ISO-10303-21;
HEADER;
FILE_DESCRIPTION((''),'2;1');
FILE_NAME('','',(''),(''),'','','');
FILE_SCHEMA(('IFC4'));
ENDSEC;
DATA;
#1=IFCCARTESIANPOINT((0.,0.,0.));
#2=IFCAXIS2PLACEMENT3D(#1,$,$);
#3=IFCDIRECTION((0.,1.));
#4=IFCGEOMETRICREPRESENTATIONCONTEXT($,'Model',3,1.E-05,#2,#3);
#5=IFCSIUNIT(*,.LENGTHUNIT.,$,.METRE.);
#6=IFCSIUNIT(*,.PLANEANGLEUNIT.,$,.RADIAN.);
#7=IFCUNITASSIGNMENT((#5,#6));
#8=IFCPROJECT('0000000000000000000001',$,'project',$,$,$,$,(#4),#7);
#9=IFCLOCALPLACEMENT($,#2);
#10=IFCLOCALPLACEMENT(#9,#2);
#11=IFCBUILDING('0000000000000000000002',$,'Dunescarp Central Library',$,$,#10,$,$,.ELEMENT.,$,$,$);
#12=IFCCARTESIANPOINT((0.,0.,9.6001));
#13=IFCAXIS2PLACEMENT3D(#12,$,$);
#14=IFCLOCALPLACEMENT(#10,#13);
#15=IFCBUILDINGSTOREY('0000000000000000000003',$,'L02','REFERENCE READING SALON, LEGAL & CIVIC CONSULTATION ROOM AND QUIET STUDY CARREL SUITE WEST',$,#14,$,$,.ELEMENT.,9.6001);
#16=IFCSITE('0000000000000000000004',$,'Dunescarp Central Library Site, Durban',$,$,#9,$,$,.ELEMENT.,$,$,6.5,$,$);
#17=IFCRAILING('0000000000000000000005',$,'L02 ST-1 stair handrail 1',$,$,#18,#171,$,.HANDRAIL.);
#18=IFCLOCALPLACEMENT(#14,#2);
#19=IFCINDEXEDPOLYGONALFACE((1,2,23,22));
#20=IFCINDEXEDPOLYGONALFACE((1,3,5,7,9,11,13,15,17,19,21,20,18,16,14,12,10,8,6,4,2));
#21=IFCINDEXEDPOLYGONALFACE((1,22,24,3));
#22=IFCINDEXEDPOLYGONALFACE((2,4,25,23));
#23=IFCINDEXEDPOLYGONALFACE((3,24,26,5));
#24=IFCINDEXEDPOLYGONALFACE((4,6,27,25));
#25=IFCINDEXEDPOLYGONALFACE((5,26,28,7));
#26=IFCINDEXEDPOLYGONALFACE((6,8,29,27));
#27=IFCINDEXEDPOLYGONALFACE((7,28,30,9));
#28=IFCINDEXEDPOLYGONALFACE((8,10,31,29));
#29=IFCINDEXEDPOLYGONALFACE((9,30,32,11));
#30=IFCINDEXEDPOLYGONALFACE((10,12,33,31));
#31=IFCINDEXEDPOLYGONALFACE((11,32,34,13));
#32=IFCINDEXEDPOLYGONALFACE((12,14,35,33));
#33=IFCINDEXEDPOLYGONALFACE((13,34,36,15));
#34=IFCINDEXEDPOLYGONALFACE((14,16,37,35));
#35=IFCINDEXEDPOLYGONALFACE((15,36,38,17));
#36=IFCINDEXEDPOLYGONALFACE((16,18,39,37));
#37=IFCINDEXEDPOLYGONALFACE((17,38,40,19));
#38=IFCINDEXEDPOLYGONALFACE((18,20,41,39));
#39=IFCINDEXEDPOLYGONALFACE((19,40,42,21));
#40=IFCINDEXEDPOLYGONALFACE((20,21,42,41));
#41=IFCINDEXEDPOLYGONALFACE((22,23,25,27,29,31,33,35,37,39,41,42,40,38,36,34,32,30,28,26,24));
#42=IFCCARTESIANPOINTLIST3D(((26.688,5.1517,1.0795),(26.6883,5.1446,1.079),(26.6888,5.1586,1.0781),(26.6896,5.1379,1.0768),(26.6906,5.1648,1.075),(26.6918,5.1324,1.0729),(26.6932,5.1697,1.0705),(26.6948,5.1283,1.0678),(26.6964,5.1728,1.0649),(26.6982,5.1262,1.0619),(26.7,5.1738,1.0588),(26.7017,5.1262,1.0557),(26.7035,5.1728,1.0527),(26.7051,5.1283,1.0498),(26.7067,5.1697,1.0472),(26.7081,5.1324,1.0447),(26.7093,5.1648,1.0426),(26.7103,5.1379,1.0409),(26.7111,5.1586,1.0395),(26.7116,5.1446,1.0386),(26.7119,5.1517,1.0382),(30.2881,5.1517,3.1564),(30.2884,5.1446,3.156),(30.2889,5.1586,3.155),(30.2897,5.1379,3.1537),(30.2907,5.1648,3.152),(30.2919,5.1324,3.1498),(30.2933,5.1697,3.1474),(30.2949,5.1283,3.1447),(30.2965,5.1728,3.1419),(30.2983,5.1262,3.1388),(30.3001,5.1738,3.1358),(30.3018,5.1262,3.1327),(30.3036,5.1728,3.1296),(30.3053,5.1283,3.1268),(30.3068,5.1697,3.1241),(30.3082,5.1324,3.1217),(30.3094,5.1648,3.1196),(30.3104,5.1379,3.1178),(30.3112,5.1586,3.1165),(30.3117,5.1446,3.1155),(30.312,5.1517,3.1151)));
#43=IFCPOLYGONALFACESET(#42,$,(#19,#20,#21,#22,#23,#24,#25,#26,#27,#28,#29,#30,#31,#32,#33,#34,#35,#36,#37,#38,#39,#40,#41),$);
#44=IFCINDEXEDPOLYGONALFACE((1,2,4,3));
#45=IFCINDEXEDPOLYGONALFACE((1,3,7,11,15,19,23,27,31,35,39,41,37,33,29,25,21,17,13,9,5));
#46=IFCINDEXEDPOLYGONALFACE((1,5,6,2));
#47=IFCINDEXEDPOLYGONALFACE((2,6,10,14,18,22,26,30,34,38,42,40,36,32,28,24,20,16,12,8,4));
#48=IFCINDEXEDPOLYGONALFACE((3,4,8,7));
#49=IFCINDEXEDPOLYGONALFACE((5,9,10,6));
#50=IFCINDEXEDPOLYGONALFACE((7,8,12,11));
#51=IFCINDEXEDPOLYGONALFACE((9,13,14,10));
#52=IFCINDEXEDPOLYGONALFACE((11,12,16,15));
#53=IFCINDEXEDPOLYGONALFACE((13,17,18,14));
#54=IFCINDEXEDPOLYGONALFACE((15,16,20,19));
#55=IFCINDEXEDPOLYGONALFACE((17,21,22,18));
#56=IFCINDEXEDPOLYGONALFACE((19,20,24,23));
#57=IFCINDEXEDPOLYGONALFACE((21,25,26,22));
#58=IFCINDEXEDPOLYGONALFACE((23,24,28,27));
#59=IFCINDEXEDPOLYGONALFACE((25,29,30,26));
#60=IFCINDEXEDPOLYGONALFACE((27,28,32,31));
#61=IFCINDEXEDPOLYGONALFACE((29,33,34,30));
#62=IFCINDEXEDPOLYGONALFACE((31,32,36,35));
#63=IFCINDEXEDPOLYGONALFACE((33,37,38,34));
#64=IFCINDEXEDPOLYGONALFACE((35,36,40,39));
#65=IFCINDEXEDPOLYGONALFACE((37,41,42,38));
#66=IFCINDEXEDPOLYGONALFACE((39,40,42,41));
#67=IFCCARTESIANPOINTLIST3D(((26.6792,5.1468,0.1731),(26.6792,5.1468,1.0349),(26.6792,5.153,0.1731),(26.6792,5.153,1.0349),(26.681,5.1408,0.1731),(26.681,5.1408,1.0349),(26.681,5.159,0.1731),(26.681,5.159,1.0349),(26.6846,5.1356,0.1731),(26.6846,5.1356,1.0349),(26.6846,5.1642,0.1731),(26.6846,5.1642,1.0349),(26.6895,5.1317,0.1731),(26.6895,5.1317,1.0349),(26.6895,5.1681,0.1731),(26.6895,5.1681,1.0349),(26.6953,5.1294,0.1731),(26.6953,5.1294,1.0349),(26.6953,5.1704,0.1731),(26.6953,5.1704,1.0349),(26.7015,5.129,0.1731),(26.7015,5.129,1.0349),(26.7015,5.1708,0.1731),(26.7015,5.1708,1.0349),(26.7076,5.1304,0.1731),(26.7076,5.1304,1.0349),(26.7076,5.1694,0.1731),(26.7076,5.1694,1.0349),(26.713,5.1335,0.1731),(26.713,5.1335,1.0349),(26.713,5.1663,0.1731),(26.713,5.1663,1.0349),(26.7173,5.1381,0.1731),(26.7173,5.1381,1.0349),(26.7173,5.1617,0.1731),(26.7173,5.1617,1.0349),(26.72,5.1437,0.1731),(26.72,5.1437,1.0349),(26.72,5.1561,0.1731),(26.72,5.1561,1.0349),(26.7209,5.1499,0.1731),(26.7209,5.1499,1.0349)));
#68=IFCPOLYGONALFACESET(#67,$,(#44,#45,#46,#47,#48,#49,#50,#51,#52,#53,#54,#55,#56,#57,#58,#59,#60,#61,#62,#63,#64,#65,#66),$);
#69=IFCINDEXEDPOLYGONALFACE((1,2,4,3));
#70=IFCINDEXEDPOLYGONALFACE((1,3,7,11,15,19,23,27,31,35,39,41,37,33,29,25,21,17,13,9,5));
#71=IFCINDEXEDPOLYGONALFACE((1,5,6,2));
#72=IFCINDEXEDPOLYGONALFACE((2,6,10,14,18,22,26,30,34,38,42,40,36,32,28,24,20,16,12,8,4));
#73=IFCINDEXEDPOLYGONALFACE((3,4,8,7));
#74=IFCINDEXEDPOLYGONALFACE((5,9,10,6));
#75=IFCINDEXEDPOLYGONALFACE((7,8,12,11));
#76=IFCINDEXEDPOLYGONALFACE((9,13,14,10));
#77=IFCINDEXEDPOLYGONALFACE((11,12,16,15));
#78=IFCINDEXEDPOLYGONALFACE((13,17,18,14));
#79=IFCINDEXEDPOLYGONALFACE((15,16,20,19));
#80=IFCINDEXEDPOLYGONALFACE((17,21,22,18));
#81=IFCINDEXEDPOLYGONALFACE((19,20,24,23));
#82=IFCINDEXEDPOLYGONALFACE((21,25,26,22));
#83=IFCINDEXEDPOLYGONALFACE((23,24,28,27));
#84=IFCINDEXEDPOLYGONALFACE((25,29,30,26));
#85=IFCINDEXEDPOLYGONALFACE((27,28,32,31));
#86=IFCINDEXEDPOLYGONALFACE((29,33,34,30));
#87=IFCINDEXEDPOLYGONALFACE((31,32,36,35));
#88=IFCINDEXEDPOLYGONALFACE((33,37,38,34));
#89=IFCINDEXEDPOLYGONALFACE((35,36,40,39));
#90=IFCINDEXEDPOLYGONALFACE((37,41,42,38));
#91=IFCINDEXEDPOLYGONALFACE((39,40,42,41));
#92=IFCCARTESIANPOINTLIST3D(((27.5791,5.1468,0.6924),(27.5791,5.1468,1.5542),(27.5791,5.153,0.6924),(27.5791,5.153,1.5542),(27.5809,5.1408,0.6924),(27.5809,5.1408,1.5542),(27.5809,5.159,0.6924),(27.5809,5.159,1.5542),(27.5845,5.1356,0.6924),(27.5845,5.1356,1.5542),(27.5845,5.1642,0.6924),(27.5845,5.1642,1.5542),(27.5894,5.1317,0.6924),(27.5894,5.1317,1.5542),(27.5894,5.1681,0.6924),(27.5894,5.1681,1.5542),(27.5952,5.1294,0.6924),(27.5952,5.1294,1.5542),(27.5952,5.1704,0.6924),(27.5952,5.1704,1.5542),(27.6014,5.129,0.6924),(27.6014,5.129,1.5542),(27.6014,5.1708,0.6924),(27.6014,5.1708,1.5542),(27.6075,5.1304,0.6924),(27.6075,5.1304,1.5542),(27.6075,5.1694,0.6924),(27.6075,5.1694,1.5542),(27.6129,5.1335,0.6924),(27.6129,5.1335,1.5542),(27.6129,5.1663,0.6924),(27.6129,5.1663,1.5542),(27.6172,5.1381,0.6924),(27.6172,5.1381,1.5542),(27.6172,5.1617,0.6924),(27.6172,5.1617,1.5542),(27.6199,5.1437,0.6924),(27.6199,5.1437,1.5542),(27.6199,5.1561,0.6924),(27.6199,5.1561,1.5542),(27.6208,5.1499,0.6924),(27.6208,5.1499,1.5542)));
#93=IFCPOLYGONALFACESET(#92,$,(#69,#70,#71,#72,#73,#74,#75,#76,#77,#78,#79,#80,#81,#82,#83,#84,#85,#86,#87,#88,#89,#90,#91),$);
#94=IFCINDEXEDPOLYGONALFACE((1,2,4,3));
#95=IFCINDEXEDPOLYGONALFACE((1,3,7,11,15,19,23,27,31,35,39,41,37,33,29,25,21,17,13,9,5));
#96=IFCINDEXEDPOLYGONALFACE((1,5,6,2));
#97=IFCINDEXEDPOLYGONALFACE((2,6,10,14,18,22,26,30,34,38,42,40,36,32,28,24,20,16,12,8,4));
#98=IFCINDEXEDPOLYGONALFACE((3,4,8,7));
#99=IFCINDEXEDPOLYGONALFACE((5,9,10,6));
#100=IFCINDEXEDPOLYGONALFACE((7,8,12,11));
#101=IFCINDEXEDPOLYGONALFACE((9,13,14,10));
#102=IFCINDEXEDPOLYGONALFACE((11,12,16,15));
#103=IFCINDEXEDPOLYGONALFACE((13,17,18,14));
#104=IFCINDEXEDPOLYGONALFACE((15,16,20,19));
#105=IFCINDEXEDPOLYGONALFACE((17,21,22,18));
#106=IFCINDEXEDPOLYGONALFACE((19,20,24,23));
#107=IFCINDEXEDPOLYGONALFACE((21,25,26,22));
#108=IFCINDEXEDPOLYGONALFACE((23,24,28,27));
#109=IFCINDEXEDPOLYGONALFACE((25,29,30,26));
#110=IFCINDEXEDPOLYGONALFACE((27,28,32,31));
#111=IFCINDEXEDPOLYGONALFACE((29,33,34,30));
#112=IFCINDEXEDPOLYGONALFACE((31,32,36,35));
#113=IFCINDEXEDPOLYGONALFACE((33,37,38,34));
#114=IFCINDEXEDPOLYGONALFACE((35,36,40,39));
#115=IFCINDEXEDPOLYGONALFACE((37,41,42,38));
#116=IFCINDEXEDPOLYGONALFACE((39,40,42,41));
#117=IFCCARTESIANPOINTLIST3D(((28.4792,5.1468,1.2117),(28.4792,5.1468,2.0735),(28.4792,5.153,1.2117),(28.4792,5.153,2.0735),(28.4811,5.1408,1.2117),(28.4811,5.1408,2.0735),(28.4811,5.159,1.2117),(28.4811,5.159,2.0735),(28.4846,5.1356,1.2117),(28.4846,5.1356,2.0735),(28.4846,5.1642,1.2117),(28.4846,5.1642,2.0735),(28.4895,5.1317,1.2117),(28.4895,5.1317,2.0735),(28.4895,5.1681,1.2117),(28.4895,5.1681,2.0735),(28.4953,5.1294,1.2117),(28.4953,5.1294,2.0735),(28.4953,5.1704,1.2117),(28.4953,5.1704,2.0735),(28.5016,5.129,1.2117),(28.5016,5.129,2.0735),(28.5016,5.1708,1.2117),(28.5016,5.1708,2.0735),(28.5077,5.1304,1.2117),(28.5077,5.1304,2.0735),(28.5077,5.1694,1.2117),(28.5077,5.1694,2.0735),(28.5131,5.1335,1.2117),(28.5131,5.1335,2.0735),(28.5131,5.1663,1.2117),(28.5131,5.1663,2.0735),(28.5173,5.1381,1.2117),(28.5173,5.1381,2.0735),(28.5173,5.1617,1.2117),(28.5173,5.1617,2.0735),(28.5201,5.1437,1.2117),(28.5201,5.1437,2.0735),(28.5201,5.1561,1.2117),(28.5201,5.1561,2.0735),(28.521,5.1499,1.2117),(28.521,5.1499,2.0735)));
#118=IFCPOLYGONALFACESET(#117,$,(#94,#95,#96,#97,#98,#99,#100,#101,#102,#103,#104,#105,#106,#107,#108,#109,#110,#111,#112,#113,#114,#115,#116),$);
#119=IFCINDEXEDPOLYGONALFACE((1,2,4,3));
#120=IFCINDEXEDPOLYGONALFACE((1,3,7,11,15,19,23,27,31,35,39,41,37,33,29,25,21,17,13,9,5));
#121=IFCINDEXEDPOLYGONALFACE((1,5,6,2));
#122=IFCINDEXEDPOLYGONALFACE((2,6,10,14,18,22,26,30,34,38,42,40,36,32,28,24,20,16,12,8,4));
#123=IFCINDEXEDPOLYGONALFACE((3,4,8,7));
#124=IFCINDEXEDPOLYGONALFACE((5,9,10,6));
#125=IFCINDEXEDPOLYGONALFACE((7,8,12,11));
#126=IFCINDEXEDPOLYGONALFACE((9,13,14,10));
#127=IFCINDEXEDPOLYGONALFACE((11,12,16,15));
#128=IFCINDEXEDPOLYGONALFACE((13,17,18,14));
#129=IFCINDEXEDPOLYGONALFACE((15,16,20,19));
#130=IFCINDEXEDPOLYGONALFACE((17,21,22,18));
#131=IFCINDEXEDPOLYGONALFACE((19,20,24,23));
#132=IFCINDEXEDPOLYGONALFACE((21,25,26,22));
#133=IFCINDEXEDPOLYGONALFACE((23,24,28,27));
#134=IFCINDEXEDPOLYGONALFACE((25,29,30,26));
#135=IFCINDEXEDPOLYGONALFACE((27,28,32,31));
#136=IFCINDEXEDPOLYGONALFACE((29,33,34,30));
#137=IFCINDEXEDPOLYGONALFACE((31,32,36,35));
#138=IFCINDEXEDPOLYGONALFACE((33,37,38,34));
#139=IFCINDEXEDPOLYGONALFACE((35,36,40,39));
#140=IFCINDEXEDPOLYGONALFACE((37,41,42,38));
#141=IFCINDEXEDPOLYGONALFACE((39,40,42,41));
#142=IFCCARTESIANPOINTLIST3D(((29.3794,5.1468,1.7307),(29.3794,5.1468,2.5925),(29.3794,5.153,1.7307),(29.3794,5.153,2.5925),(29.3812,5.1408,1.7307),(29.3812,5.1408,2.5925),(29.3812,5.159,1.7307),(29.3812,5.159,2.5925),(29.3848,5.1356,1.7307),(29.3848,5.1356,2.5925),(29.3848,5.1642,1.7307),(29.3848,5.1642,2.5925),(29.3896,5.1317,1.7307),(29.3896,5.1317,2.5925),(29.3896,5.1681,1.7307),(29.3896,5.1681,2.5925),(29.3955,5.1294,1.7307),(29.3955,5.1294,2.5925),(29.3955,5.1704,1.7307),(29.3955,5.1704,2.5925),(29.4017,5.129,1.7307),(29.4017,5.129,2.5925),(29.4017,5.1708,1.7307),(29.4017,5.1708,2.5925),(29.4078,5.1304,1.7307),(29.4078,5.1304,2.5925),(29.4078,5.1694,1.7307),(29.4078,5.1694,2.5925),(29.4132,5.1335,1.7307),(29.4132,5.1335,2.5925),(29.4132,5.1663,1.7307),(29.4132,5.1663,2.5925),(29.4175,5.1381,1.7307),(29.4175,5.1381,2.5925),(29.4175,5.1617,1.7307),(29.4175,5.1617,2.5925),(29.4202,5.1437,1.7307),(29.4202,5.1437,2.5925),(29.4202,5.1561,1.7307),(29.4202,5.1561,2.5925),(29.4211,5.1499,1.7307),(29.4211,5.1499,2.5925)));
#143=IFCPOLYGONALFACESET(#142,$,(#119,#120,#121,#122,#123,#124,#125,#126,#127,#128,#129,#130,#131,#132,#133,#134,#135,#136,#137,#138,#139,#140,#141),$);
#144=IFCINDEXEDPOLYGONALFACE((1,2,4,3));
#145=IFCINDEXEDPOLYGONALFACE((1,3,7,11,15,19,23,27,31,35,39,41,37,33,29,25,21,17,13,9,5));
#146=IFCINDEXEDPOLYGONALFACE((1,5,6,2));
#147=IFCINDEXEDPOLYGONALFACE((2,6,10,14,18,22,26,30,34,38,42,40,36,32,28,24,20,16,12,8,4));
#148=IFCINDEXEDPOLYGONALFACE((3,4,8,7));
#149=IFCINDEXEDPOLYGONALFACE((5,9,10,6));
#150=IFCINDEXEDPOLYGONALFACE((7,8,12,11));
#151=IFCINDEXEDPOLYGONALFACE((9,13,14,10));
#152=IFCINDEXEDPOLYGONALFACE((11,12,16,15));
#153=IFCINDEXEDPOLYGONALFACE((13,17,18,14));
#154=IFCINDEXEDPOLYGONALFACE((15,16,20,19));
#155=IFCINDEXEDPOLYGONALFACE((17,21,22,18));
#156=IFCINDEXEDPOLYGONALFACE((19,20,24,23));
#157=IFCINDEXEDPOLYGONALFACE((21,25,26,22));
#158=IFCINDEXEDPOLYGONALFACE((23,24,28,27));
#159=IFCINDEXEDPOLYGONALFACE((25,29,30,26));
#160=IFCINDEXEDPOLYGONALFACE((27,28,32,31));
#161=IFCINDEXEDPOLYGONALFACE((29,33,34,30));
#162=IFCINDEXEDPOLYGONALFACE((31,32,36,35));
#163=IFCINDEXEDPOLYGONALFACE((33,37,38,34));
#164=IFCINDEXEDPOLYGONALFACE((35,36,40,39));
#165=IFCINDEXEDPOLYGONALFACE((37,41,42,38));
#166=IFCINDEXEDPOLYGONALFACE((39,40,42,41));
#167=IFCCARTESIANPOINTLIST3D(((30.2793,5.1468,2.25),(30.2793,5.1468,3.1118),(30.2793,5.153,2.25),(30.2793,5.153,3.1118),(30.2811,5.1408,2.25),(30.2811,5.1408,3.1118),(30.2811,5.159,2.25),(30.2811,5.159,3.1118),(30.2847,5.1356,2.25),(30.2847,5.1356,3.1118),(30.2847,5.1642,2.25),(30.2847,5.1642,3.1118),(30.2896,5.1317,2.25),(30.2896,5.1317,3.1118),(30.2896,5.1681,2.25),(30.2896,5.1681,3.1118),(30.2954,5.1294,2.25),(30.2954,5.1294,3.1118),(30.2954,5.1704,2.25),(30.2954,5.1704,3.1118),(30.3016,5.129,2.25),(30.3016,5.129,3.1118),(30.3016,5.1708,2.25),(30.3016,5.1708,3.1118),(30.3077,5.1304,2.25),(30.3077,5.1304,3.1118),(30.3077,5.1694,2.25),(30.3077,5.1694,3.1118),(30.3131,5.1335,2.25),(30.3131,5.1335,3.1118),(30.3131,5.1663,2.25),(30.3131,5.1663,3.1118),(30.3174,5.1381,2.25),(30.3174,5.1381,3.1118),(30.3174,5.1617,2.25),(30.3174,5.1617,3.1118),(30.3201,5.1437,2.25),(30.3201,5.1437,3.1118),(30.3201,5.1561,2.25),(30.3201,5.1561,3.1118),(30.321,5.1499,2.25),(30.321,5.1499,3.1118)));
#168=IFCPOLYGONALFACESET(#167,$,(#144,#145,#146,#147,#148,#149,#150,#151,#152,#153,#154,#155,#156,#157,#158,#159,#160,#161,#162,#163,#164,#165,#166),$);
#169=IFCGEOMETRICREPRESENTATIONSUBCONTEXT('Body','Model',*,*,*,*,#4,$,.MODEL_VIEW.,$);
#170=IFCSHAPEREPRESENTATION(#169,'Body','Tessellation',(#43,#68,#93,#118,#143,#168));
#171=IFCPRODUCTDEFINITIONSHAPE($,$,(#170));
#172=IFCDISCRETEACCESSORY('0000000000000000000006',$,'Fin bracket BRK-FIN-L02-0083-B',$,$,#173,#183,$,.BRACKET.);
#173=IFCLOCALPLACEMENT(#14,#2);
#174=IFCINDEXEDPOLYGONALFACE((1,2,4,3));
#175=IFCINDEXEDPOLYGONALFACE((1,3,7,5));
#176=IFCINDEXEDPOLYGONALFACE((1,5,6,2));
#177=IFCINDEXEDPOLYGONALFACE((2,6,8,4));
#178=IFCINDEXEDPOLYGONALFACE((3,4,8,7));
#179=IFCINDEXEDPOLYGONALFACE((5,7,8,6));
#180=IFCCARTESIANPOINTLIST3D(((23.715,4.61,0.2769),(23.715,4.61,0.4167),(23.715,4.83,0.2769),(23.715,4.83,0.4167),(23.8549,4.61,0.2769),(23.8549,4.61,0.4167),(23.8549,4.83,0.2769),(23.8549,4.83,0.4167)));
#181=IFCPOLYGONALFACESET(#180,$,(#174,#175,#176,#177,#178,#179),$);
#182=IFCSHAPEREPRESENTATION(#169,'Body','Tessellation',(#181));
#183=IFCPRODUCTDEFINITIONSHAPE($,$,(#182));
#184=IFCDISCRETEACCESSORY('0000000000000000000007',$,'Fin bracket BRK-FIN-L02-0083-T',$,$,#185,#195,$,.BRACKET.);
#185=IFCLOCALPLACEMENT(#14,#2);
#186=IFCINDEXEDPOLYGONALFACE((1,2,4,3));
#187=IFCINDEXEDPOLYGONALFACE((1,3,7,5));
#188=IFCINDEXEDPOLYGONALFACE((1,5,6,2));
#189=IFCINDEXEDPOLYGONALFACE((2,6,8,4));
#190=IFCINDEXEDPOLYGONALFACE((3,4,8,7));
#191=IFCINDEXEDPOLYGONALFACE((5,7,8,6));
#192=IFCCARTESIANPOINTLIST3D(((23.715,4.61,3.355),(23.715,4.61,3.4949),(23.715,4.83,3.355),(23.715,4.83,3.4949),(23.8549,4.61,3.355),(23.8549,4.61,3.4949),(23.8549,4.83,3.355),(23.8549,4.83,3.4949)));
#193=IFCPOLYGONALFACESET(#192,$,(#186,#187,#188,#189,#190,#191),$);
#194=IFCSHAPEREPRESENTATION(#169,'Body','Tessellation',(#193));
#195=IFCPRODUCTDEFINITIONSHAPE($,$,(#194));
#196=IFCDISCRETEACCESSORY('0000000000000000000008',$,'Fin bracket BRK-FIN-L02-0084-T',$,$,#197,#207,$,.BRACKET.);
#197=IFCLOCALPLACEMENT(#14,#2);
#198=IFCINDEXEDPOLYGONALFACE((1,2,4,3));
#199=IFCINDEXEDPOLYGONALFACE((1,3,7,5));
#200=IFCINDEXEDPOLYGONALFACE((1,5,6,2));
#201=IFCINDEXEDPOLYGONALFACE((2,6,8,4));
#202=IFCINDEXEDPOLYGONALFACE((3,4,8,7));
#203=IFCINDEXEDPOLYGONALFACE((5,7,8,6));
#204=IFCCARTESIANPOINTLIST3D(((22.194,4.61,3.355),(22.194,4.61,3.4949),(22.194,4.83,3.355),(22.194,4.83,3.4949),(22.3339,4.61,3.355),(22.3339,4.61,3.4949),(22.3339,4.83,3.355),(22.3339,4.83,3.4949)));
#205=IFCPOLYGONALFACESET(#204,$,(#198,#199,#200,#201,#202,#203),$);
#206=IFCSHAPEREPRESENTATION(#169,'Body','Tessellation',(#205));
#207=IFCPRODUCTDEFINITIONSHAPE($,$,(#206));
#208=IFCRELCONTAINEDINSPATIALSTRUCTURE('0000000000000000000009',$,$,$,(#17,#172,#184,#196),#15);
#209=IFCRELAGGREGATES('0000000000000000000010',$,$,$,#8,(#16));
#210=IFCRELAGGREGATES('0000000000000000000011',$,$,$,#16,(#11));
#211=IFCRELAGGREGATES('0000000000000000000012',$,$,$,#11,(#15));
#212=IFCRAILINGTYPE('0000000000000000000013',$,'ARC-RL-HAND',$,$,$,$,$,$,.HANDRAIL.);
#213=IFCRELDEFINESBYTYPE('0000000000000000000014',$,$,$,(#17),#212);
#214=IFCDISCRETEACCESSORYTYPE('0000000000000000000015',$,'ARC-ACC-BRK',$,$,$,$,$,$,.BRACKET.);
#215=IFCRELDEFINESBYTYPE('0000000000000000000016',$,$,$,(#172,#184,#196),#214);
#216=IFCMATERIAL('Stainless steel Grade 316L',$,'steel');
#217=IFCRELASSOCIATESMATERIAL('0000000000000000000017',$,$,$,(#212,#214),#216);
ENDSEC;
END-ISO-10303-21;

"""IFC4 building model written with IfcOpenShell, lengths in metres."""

from ifc_helpers import new_model, si_unit, direction, frame, origin, origin_2d, place, context, subcontext, project, spatial, rectangle, circle, extrude, material, type_object, element, save


model = new_model("IFC4")

# Units and contexts
model_context = context("Model", 3, precision=1e-05, world=origin(), true_north=direction((0.0, 1.0)))
body_context = subcontext(model_context, "Body", "Model", "MODEL_VIEW")
ifc_project = project(units=[si_unit("LENGTHUNIT", "METRE"), si_unit("PLANEANGLEUNIT", "RADIAN")], contexts=[model_context])

# Site, building, storey
site_placement = place(None, origin())
site = spatial("IfcSite", under=ifc_project, at=site_placement, Name="Dunescarp Central Library Site, Durban", CompositionType="ELEMENT", RefElevation=6.5)
building_placement = place(site_placement, origin())
building = spatial("IfcBuilding", under=site, at=building_placement, Name="Dunescarp Central Library", CompositionType="ELEMENT")
storey_placement = place(building_placement, frame((0.0, 0.0, 9.6001)))
storey = spatial("IfcBuildingStorey", under=building, at=storey_placement, Name="L02", Description="REFERENCE READING SALON, LEGAL & CIVIC CONSULTATION ROOM AND QUIET STUDY CARREL SUITE WEST", CompositionType="ELEMENT", Elevation=9.6001)

# Railing
ifc_material_1 = material(Name="Stainless steel Grade 316L", Category="steel")
railing_type_1 = type_object("IfcRailingType", Name="ARC-RL-HAND", PredefinedType="HANDRAIL", material=ifc_material_1)
railing_1_placement = place(storey_placement, frame((26.7, 5.1499, 0.1731)))
element("IfcRailing", 1, at=railing_1_placement, inside=storey, type_object=railing_type_1, Name="L02 ST-1 stair handrail 1", PredefinedType="HANDRAIL", context=body_context, shape_type="SweptSolid", body=[
    extrude(circle(Radius=0.0239, at=origin_2d()), frame((0.0, 0.0, 0.8857), z_axis=(0.866193, 0.0, 0.499709), x_axis=(0.0, 1.0, 0.0)), (0.0, 0.0, 1.0), 4.1562),
    extrude(circle(Radius=0.021, at=origin_2d()), origin(), (0.0, 0.0, 1.0), 0.8618),
    extrude(circle(Radius=0.021, at=origin_2d()), frame((0.8999, 0.0, 0.5193)), (0.0, 0.0, 1.0), 0.8618),
    extrude(circle(Radius=0.021, at=origin_2d()), frame((1.8, 0.0, 1.0386)), (0.0, 0.0, 1.0), 0.8618),
    extrude(circle(Radius=0.021, at=origin_2d()), frame((2.7002, 0.0, 1.5576)), (0.0, 0.0, 1.0), 0.8618),
    extrude(circle(Radius=0.021, at=origin_2d()), frame((3.6001, 0.0, 2.0769)), (0.0, 0.0, 1.0), 0.8618),
])

# Discrete accessories
discrete_accessory_type = type_object("IfcDiscreteAccessoryType", Name="ARC-ACC-BRK", PredefinedType="BRACKET", material=ifc_material_1)
for number, where, z_axis, x_axis, name in (
    (2, (23.7849, 4.72, 0.2769), (0.0, 0.0, 1.0), (0.0, -1.0, 0.0), "Fin bracket BRK-FIN-L02-0083-B"),
    (3, (23.7849, 4.72, 3.355), (0.0, 0.0, 1.0), (0.0, -1.0, 0.0), "Fin bracket BRK-FIN-L02-0083-T"),
    (4, (22.2639, 4.72, 3.355), (0.0, 0.0, 1.0), (0.0, -1.0, 0.0), "Fin bracket BRK-FIN-L02-0084-T"),
):
    element("IfcDiscreteAccessory", number, at=place(storey_placement, frame(where, z_axis=z_axis, x_axis=x_axis)), inside=storey, type_object=discrete_accessory_type, Name=name, PredefinedType="BRACKET", context=body_context, shape_type="SweptSolid", body=[
        extrude(rectangle(XDim=0.22, YDim=0.1399, at=origin_2d()), origin(), (0.0, 0.0, 1.0), 0.1399),
    ])

save(model, "model.ifc")
